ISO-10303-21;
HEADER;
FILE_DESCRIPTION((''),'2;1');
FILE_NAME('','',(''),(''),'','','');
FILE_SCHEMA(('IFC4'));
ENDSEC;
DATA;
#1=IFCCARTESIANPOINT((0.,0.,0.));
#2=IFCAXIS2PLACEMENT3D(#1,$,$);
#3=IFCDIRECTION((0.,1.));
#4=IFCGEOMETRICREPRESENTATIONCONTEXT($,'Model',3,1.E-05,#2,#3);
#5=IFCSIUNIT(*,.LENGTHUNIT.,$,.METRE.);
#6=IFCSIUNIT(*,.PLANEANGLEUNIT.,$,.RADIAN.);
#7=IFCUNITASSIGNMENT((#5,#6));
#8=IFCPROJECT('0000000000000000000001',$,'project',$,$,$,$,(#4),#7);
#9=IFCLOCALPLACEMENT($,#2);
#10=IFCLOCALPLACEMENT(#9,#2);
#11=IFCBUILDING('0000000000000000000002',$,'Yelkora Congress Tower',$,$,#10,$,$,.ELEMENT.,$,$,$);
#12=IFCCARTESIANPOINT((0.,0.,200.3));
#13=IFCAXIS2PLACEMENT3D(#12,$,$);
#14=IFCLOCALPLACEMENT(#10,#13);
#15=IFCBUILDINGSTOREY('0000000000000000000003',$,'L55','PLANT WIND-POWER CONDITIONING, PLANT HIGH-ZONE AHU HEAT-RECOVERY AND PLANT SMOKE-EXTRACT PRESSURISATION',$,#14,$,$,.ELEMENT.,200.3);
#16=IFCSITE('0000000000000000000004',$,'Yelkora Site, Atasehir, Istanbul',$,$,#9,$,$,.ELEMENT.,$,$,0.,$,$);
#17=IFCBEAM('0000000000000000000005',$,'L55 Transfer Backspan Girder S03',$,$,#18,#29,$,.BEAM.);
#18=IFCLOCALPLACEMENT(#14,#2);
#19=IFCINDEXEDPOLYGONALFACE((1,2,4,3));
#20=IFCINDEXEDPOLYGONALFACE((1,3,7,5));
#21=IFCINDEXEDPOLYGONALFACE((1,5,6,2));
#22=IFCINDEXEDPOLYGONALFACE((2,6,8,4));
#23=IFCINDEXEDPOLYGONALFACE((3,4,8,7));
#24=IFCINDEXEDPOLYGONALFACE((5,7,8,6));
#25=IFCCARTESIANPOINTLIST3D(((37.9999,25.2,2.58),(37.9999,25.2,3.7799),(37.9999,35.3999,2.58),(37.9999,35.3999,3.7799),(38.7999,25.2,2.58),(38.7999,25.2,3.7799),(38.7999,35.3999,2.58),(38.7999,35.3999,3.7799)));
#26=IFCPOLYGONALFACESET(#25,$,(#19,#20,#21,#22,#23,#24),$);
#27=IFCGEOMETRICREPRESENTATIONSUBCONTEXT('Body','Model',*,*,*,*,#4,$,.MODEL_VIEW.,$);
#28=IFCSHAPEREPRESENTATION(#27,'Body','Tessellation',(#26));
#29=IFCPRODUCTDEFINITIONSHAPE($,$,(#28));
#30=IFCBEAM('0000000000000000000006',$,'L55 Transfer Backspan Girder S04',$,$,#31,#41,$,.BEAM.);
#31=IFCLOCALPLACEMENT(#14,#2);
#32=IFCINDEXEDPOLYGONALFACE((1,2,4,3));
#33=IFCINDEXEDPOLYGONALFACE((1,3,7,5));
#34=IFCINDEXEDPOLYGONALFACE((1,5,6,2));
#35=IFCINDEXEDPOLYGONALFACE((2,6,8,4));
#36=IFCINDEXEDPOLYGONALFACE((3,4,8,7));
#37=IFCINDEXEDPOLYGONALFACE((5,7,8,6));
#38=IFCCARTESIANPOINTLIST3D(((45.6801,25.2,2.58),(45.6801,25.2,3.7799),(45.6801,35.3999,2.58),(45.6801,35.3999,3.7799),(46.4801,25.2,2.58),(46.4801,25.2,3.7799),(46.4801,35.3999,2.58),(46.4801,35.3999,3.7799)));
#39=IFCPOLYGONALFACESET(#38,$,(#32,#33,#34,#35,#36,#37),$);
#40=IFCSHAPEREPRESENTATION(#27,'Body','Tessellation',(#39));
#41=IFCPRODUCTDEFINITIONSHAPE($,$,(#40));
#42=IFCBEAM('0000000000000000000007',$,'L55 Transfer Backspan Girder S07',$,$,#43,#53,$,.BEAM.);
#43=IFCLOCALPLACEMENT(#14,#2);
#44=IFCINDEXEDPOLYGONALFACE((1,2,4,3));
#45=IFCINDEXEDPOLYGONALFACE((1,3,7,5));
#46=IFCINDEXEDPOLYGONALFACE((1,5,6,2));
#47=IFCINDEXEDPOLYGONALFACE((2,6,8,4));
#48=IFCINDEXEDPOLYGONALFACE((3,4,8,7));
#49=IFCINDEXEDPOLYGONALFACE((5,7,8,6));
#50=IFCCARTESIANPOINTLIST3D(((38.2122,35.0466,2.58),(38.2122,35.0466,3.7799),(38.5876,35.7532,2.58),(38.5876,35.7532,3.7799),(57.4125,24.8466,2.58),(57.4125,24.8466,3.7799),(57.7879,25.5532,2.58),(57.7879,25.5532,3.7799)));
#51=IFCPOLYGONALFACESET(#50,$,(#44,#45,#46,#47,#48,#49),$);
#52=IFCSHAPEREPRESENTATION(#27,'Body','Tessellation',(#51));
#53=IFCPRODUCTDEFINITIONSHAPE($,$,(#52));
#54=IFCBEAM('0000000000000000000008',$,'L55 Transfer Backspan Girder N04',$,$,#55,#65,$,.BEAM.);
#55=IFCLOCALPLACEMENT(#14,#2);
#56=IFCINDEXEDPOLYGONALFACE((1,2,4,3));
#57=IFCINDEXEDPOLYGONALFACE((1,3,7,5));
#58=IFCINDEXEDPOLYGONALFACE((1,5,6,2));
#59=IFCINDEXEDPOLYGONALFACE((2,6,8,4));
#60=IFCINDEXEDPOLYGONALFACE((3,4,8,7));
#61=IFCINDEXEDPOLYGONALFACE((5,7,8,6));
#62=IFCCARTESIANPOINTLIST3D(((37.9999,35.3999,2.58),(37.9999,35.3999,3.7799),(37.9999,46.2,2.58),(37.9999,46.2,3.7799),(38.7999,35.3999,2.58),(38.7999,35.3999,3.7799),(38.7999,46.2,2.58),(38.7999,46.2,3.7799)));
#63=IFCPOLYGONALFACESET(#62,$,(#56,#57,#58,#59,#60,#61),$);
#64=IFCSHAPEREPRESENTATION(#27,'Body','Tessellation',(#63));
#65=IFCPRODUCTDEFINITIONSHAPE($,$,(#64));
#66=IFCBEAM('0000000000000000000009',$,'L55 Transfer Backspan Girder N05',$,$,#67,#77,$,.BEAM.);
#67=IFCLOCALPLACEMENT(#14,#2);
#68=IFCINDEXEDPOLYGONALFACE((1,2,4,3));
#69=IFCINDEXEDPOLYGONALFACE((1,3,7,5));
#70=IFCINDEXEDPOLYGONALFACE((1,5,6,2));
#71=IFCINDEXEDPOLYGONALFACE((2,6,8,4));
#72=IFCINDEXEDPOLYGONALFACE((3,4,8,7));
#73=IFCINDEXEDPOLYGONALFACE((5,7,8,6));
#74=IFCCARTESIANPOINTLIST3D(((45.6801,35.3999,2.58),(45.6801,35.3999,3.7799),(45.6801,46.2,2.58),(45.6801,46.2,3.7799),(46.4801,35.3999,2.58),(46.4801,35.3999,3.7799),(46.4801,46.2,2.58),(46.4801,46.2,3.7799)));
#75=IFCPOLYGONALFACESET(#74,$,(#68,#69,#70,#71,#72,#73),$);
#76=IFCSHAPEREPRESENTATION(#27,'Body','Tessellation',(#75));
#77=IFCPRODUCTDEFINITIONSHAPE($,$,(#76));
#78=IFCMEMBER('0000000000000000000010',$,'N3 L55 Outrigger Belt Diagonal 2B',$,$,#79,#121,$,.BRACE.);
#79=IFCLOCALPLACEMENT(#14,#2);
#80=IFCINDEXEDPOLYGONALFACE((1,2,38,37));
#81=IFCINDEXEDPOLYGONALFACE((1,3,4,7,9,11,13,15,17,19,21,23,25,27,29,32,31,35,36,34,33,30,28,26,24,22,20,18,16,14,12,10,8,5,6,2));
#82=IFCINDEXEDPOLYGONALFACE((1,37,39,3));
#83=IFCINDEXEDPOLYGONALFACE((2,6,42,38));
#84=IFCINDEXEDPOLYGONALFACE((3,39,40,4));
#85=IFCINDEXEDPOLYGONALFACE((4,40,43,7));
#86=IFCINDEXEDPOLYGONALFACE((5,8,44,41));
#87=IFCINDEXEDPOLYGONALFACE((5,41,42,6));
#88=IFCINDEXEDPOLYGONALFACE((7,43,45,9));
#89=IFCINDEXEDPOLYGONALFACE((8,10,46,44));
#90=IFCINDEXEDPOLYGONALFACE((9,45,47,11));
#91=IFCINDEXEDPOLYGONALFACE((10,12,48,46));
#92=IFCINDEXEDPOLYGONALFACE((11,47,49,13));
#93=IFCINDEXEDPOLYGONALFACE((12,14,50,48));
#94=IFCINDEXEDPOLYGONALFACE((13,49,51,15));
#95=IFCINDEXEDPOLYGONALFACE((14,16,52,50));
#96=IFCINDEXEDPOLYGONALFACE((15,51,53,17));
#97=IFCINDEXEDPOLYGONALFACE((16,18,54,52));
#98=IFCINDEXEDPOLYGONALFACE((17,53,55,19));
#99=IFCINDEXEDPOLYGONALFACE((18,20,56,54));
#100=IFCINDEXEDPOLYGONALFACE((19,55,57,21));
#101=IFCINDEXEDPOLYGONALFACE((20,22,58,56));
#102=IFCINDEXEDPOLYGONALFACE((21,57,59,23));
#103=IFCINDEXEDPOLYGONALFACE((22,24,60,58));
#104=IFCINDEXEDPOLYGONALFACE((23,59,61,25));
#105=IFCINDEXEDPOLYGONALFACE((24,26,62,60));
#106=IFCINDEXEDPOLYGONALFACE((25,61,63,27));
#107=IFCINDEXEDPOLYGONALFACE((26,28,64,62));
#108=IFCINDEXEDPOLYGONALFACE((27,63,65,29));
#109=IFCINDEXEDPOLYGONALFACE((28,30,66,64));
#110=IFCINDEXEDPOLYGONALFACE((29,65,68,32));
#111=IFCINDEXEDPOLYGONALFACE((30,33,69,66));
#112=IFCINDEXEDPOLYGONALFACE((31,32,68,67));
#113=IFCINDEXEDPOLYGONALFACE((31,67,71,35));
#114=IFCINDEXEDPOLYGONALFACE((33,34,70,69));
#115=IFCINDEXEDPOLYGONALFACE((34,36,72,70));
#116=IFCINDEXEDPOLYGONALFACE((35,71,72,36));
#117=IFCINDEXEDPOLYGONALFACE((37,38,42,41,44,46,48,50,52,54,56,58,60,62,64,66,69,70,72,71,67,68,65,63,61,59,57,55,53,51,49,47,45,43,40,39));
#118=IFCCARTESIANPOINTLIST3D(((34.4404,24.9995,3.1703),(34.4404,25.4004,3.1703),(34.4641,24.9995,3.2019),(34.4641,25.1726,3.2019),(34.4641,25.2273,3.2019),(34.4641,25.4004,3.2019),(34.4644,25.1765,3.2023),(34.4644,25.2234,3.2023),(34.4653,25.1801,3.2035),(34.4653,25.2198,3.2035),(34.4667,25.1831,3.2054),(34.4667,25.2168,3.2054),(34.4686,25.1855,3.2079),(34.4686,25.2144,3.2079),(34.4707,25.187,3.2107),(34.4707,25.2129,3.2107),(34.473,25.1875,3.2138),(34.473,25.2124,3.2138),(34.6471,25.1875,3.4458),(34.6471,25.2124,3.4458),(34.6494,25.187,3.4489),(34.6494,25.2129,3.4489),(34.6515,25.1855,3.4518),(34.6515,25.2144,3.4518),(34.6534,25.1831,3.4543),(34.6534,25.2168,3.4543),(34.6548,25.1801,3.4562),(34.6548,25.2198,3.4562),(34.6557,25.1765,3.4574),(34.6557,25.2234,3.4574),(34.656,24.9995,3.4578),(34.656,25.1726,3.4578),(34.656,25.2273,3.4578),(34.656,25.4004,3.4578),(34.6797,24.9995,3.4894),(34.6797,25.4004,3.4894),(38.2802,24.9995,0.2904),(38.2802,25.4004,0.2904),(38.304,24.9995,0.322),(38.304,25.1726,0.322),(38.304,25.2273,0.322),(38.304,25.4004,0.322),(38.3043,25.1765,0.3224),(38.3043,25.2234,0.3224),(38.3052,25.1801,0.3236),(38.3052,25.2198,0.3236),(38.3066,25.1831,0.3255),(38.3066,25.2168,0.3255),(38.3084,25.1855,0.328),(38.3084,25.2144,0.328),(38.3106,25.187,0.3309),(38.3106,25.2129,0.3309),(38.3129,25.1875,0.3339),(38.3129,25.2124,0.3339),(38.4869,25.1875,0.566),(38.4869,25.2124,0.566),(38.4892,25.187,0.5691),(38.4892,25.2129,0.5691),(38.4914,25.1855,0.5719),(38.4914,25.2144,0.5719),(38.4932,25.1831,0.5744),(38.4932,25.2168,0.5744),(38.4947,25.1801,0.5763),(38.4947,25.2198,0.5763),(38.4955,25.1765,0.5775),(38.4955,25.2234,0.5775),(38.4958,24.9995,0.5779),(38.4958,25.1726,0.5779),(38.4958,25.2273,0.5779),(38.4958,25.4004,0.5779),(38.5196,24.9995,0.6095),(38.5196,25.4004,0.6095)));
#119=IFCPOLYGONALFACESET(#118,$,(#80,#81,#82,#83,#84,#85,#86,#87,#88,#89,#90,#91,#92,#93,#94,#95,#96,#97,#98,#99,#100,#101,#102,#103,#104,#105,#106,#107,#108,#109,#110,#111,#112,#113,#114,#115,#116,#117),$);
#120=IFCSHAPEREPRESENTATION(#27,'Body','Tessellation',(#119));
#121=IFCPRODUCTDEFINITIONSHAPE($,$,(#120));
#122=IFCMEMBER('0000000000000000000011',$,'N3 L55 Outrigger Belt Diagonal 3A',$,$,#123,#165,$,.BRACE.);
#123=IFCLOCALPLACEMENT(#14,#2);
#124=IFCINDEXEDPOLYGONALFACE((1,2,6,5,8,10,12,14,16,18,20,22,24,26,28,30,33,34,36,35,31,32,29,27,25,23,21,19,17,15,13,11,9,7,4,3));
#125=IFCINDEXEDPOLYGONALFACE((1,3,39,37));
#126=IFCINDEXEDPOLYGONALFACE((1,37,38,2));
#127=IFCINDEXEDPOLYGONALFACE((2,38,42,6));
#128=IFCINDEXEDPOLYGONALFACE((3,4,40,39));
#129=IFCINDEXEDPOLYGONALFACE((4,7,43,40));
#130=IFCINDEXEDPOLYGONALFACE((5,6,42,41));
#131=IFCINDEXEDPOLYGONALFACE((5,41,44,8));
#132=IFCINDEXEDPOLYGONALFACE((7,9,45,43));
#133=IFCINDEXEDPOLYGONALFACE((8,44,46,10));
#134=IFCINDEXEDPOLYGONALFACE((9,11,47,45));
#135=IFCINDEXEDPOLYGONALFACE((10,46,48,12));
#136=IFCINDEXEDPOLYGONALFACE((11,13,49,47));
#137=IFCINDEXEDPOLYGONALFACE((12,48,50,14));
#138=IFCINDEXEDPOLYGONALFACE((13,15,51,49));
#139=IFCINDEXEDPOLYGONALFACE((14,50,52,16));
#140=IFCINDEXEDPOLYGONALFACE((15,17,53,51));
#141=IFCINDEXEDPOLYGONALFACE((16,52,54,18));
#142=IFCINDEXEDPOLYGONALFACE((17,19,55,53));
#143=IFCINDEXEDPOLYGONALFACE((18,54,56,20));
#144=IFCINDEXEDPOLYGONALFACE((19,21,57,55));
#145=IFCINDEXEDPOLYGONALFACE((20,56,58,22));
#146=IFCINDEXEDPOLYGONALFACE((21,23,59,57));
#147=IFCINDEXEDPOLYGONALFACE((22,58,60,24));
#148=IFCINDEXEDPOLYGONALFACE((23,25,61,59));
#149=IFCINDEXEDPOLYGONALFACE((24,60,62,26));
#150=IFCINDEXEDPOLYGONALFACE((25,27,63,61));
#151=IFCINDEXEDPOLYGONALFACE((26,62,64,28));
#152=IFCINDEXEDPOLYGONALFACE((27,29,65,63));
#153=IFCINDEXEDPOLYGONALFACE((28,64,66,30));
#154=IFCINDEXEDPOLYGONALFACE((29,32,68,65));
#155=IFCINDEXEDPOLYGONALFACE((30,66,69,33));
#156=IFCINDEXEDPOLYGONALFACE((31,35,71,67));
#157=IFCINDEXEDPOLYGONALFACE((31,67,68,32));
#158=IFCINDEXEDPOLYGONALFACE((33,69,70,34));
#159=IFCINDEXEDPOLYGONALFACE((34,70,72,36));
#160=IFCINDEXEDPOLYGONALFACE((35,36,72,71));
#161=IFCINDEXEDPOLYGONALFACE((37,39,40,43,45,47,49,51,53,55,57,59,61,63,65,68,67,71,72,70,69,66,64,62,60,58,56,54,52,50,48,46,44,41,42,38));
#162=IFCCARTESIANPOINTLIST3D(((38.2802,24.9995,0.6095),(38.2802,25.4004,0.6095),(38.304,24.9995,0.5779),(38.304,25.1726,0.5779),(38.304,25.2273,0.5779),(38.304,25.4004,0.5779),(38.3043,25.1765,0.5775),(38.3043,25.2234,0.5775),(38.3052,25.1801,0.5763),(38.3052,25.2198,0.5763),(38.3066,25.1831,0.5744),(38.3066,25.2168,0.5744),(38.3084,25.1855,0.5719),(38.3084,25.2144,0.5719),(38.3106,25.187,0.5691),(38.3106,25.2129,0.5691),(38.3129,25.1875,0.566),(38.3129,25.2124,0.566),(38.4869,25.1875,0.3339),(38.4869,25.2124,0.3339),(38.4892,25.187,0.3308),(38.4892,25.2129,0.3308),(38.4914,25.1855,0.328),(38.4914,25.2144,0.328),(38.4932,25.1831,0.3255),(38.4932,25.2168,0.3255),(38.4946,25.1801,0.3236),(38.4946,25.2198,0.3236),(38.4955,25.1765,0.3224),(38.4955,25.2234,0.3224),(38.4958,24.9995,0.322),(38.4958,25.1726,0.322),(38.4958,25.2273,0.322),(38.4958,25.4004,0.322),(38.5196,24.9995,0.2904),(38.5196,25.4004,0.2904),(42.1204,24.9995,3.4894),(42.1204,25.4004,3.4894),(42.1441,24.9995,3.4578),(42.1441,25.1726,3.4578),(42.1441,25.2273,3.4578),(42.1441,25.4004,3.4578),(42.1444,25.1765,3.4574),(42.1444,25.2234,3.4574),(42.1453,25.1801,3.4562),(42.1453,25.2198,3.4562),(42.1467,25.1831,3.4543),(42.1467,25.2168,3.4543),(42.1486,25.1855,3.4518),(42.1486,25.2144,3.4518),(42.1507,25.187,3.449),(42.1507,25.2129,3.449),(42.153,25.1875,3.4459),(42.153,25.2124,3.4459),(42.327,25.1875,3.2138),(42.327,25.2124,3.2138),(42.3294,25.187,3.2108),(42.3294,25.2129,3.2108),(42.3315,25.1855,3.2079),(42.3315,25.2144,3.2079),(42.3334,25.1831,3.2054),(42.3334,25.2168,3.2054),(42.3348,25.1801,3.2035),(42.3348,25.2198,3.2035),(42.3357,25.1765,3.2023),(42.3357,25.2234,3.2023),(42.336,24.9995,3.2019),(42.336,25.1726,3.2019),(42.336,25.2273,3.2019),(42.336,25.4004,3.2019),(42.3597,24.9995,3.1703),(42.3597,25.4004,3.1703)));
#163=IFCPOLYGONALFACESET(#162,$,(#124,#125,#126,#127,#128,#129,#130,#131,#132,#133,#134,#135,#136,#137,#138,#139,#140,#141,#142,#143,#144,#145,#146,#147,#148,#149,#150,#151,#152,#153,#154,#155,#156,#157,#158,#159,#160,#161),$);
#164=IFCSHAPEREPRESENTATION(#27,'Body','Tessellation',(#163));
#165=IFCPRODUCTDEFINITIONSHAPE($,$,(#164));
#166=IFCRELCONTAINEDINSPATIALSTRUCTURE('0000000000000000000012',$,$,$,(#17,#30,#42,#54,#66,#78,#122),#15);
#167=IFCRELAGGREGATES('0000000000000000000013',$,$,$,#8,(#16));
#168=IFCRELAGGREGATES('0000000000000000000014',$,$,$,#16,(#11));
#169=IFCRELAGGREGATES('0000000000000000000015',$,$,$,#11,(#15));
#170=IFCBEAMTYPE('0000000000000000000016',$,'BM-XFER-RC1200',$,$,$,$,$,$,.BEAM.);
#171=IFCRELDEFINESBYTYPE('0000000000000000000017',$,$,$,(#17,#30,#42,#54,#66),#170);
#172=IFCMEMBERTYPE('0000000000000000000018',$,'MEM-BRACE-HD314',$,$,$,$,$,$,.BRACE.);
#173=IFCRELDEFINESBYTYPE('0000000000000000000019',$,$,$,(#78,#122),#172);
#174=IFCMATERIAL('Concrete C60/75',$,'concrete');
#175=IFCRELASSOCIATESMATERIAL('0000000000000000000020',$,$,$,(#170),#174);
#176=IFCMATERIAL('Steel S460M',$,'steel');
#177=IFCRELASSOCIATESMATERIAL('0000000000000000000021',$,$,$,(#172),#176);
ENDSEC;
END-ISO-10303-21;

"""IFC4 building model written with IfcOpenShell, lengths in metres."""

from ifc_helpers import new_model, si_unit, direction, frame, origin, origin_2d, place, context, subcontext, project, spatial, rectangle, i_section, extrude, material, material_profile, profile_set, type_object, element, save


model = new_model("IFC4")

# Units and contexts
model_context = context("Model", 3, precision=1e-05, world=origin(), true_north=direction((0.0, 1.0)))
body_context = subcontext(model_context, "Body", "Model", "MODEL_VIEW")
ifc_project = project(units=[si_unit("LENGTHUNIT", "METRE"), si_unit("PLANEANGLEUNIT", "RADIAN")], contexts=[model_context])

# Site, building, storey
site_placement = place(None, origin())
site = spatial("IfcSite", under=ifc_project, at=site_placement, Name="Yelkora Site, Atasehir, Istanbul", CompositionType="ELEMENT", RefElevation=0.0)
building_placement = place(site_placement, origin())
building = spatial("IfcBuilding", under=site, at=building_placement, Name="Yelkora Congress Tower", CompositionType="ELEMENT")
storey_placement = place(building_placement, frame((0.0, 0.0, 200.3)))
storey = spatial("IfcBuildingStorey", under=building, at=storey_placement, Name="L55", Description="PLANT WIND-POWER CONDITIONING, PLANT HIGH-ZONE AHU HEAT-RECOVERY AND PLANT SMOKE-EXTRACT PRESSURISATION", CompositionType="ELEMENT", Elevation=200.3)

# Shared definitions
ifc_material_1 = material(Name="Steel S460M", Category="steel")

# Beams
ifc_material_2 = material(Name="Concrete C60/75", Category="concrete")
ifc_material_profile_1 = material_profile(ifc_material_2, rectangle(XDim=0.8, YDim=1.2, at=origin_2d()), Name="RC 800x1200")
ifc_profile_set_1 = profile_set([ifc_material_profile_1], Name="Concrete C60/75")
beam_type_1 = type_object("IfcBeamType", Name="BM-XFER-RC1200", PredefinedType="BEAM", material=ifc_profile_set_1)
for number, where, z_axis, x_axis, name in (
    (1, (38.3999, 35.3999, 3.1799), (0.0, -1.0, 0.0), (1.0, 0.0, 0.0), "L55 Transfer Backspan Girder S03"),
    (2, (46.0801, 35.3999, 3.1799), (0.0, -1.0, 0.0), (1.0, 0.0, 0.0), "L55 Transfer Backspan Girder S04"),
):
    element("IfcBeam", number, at=place(storey_placement, frame(where, z_axis=z_axis, x_axis=x_axis)), inside=storey, type_object=beam_type_1, Name=name, PredefinedType="BEAM", context=body_context, shape_type="SweptSolid", body=[
        extrude(rectangle(XDim=0.8, YDim=1.2, at=origin_2d()), origin(), (0.0, 0.0, 1.0), 10.2),
    ])
beam_1_placement = place(storey_placement, frame((38.3999, 35.3999, 3.1799), z_axis=(0.883119, -0.46915, 0.0), x_axis=(0.46915, 0.883119, 0.0)))
element("IfcBeam", 3, at=beam_1_placement, inside=storey, type_object=beam_type_1, Name="L55 Transfer Backspan Girder S07", PredefinedType="BEAM", context=body_context, shape_type="SweptSolid", body=[
    extrude(rectangle(XDim=0.8, YDim=1.2, at=origin_2d()), origin(), (0.0, 0.0, 1.0), 21.7415),
])
for number, where, z_axis, x_axis, name in (
    (4, (38.3999, 35.3999, 3.1799), (0.0, 1.0, 0.0), (-1.0, 0.0, 0.0), "L55 Transfer Backspan Girder N04"),
    (5, (46.0801, 35.3999, 3.1799), (0.0, 1.0, 0.0), (-1.0, 0.0, 0.0), "L55 Transfer Backspan Girder N05"),
):
    element("IfcBeam", number, at=place(storey_placement, frame(where, z_axis=z_axis, x_axis=x_axis)), inside=storey, type_object=beam_type_1, Name=name, PredefinedType="BEAM", context=body_context, shape_type="SweptSolid", body=[
        extrude(rectangle(XDim=0.8, YDim=1.2, at=origin_2d()), origin(), (0.0, 0.0, 1.0), 10.8),
    ])

# Members
ifc_material_profile_2 = material_profile(ifc_material_1, i_section(OverallWidth=0.4009, OverallDepth=0.3989, WebThickness=0.0249, FlangeThickness=0.0396, FilletRadius=0.0149, at=origin_2d()), Name="HD 400x314")
ifc_profile_set_2 = profile_set([ifc_material_profile_2], Name="Steel S460M")
member_type_1 = type_object("IfcMemberType", Name="MEM-BRACE-HD314", PredefinedType="BRACE", material=ifc_profile_set_2)
member_1_placement = place(storey_placement, frame((38.3999, 25.2, 0.45), z_axis=(-0.8, 0.0, 0.6), x_axis=(0.0, -1.0, 0.0)))
element("IfcMember", 6, at=member_1_placement, inside=storey, type_object=member_type_1, Name="N3 L55 Outrigger Belt Diagonal 2B", PredefinedType="BRACE", context=body_context, shape_type="SweptSolid", body=[
    extrude(i_section(OverallWidth=0.4009, OverallDepth=0.3989, WebThickness=0.0249, FlangeThickness=0.0396, FilletRadius=0.0149, at=origin_2d()), origin(), (0.0, 0.0, 1.0), 4.7998),
])
for number, where, z_axis, x_axis, name in (
    (7, (38.3999, 25.2, 0.45), (0.800018, 0.0, 0.599976), (0.0, 1.0, 0.0), "N3 L55 Outrigger Belt Diagonal 3A"),
):
    element("IfcMember", number, at=place(storey_placement, frame(where, z_axis=z_axis, x_axis=x_axis)), inside=storey, type_object=member_type_1, Name=name, PredefinedType="BRACE", context=body_context, shape_type="SweptSolid", body=[
        extrude(i_section(OverallWidth=0.4009, OverallDepth=0.3989, WebThickness=0.0249, FlangeThickness=0.0396, FilletRadius=0.0149, at=origin_2d()), origin(), (0.0, 0.0, 1.0), 4.8),
    ])

save(model, "model.ifc")
